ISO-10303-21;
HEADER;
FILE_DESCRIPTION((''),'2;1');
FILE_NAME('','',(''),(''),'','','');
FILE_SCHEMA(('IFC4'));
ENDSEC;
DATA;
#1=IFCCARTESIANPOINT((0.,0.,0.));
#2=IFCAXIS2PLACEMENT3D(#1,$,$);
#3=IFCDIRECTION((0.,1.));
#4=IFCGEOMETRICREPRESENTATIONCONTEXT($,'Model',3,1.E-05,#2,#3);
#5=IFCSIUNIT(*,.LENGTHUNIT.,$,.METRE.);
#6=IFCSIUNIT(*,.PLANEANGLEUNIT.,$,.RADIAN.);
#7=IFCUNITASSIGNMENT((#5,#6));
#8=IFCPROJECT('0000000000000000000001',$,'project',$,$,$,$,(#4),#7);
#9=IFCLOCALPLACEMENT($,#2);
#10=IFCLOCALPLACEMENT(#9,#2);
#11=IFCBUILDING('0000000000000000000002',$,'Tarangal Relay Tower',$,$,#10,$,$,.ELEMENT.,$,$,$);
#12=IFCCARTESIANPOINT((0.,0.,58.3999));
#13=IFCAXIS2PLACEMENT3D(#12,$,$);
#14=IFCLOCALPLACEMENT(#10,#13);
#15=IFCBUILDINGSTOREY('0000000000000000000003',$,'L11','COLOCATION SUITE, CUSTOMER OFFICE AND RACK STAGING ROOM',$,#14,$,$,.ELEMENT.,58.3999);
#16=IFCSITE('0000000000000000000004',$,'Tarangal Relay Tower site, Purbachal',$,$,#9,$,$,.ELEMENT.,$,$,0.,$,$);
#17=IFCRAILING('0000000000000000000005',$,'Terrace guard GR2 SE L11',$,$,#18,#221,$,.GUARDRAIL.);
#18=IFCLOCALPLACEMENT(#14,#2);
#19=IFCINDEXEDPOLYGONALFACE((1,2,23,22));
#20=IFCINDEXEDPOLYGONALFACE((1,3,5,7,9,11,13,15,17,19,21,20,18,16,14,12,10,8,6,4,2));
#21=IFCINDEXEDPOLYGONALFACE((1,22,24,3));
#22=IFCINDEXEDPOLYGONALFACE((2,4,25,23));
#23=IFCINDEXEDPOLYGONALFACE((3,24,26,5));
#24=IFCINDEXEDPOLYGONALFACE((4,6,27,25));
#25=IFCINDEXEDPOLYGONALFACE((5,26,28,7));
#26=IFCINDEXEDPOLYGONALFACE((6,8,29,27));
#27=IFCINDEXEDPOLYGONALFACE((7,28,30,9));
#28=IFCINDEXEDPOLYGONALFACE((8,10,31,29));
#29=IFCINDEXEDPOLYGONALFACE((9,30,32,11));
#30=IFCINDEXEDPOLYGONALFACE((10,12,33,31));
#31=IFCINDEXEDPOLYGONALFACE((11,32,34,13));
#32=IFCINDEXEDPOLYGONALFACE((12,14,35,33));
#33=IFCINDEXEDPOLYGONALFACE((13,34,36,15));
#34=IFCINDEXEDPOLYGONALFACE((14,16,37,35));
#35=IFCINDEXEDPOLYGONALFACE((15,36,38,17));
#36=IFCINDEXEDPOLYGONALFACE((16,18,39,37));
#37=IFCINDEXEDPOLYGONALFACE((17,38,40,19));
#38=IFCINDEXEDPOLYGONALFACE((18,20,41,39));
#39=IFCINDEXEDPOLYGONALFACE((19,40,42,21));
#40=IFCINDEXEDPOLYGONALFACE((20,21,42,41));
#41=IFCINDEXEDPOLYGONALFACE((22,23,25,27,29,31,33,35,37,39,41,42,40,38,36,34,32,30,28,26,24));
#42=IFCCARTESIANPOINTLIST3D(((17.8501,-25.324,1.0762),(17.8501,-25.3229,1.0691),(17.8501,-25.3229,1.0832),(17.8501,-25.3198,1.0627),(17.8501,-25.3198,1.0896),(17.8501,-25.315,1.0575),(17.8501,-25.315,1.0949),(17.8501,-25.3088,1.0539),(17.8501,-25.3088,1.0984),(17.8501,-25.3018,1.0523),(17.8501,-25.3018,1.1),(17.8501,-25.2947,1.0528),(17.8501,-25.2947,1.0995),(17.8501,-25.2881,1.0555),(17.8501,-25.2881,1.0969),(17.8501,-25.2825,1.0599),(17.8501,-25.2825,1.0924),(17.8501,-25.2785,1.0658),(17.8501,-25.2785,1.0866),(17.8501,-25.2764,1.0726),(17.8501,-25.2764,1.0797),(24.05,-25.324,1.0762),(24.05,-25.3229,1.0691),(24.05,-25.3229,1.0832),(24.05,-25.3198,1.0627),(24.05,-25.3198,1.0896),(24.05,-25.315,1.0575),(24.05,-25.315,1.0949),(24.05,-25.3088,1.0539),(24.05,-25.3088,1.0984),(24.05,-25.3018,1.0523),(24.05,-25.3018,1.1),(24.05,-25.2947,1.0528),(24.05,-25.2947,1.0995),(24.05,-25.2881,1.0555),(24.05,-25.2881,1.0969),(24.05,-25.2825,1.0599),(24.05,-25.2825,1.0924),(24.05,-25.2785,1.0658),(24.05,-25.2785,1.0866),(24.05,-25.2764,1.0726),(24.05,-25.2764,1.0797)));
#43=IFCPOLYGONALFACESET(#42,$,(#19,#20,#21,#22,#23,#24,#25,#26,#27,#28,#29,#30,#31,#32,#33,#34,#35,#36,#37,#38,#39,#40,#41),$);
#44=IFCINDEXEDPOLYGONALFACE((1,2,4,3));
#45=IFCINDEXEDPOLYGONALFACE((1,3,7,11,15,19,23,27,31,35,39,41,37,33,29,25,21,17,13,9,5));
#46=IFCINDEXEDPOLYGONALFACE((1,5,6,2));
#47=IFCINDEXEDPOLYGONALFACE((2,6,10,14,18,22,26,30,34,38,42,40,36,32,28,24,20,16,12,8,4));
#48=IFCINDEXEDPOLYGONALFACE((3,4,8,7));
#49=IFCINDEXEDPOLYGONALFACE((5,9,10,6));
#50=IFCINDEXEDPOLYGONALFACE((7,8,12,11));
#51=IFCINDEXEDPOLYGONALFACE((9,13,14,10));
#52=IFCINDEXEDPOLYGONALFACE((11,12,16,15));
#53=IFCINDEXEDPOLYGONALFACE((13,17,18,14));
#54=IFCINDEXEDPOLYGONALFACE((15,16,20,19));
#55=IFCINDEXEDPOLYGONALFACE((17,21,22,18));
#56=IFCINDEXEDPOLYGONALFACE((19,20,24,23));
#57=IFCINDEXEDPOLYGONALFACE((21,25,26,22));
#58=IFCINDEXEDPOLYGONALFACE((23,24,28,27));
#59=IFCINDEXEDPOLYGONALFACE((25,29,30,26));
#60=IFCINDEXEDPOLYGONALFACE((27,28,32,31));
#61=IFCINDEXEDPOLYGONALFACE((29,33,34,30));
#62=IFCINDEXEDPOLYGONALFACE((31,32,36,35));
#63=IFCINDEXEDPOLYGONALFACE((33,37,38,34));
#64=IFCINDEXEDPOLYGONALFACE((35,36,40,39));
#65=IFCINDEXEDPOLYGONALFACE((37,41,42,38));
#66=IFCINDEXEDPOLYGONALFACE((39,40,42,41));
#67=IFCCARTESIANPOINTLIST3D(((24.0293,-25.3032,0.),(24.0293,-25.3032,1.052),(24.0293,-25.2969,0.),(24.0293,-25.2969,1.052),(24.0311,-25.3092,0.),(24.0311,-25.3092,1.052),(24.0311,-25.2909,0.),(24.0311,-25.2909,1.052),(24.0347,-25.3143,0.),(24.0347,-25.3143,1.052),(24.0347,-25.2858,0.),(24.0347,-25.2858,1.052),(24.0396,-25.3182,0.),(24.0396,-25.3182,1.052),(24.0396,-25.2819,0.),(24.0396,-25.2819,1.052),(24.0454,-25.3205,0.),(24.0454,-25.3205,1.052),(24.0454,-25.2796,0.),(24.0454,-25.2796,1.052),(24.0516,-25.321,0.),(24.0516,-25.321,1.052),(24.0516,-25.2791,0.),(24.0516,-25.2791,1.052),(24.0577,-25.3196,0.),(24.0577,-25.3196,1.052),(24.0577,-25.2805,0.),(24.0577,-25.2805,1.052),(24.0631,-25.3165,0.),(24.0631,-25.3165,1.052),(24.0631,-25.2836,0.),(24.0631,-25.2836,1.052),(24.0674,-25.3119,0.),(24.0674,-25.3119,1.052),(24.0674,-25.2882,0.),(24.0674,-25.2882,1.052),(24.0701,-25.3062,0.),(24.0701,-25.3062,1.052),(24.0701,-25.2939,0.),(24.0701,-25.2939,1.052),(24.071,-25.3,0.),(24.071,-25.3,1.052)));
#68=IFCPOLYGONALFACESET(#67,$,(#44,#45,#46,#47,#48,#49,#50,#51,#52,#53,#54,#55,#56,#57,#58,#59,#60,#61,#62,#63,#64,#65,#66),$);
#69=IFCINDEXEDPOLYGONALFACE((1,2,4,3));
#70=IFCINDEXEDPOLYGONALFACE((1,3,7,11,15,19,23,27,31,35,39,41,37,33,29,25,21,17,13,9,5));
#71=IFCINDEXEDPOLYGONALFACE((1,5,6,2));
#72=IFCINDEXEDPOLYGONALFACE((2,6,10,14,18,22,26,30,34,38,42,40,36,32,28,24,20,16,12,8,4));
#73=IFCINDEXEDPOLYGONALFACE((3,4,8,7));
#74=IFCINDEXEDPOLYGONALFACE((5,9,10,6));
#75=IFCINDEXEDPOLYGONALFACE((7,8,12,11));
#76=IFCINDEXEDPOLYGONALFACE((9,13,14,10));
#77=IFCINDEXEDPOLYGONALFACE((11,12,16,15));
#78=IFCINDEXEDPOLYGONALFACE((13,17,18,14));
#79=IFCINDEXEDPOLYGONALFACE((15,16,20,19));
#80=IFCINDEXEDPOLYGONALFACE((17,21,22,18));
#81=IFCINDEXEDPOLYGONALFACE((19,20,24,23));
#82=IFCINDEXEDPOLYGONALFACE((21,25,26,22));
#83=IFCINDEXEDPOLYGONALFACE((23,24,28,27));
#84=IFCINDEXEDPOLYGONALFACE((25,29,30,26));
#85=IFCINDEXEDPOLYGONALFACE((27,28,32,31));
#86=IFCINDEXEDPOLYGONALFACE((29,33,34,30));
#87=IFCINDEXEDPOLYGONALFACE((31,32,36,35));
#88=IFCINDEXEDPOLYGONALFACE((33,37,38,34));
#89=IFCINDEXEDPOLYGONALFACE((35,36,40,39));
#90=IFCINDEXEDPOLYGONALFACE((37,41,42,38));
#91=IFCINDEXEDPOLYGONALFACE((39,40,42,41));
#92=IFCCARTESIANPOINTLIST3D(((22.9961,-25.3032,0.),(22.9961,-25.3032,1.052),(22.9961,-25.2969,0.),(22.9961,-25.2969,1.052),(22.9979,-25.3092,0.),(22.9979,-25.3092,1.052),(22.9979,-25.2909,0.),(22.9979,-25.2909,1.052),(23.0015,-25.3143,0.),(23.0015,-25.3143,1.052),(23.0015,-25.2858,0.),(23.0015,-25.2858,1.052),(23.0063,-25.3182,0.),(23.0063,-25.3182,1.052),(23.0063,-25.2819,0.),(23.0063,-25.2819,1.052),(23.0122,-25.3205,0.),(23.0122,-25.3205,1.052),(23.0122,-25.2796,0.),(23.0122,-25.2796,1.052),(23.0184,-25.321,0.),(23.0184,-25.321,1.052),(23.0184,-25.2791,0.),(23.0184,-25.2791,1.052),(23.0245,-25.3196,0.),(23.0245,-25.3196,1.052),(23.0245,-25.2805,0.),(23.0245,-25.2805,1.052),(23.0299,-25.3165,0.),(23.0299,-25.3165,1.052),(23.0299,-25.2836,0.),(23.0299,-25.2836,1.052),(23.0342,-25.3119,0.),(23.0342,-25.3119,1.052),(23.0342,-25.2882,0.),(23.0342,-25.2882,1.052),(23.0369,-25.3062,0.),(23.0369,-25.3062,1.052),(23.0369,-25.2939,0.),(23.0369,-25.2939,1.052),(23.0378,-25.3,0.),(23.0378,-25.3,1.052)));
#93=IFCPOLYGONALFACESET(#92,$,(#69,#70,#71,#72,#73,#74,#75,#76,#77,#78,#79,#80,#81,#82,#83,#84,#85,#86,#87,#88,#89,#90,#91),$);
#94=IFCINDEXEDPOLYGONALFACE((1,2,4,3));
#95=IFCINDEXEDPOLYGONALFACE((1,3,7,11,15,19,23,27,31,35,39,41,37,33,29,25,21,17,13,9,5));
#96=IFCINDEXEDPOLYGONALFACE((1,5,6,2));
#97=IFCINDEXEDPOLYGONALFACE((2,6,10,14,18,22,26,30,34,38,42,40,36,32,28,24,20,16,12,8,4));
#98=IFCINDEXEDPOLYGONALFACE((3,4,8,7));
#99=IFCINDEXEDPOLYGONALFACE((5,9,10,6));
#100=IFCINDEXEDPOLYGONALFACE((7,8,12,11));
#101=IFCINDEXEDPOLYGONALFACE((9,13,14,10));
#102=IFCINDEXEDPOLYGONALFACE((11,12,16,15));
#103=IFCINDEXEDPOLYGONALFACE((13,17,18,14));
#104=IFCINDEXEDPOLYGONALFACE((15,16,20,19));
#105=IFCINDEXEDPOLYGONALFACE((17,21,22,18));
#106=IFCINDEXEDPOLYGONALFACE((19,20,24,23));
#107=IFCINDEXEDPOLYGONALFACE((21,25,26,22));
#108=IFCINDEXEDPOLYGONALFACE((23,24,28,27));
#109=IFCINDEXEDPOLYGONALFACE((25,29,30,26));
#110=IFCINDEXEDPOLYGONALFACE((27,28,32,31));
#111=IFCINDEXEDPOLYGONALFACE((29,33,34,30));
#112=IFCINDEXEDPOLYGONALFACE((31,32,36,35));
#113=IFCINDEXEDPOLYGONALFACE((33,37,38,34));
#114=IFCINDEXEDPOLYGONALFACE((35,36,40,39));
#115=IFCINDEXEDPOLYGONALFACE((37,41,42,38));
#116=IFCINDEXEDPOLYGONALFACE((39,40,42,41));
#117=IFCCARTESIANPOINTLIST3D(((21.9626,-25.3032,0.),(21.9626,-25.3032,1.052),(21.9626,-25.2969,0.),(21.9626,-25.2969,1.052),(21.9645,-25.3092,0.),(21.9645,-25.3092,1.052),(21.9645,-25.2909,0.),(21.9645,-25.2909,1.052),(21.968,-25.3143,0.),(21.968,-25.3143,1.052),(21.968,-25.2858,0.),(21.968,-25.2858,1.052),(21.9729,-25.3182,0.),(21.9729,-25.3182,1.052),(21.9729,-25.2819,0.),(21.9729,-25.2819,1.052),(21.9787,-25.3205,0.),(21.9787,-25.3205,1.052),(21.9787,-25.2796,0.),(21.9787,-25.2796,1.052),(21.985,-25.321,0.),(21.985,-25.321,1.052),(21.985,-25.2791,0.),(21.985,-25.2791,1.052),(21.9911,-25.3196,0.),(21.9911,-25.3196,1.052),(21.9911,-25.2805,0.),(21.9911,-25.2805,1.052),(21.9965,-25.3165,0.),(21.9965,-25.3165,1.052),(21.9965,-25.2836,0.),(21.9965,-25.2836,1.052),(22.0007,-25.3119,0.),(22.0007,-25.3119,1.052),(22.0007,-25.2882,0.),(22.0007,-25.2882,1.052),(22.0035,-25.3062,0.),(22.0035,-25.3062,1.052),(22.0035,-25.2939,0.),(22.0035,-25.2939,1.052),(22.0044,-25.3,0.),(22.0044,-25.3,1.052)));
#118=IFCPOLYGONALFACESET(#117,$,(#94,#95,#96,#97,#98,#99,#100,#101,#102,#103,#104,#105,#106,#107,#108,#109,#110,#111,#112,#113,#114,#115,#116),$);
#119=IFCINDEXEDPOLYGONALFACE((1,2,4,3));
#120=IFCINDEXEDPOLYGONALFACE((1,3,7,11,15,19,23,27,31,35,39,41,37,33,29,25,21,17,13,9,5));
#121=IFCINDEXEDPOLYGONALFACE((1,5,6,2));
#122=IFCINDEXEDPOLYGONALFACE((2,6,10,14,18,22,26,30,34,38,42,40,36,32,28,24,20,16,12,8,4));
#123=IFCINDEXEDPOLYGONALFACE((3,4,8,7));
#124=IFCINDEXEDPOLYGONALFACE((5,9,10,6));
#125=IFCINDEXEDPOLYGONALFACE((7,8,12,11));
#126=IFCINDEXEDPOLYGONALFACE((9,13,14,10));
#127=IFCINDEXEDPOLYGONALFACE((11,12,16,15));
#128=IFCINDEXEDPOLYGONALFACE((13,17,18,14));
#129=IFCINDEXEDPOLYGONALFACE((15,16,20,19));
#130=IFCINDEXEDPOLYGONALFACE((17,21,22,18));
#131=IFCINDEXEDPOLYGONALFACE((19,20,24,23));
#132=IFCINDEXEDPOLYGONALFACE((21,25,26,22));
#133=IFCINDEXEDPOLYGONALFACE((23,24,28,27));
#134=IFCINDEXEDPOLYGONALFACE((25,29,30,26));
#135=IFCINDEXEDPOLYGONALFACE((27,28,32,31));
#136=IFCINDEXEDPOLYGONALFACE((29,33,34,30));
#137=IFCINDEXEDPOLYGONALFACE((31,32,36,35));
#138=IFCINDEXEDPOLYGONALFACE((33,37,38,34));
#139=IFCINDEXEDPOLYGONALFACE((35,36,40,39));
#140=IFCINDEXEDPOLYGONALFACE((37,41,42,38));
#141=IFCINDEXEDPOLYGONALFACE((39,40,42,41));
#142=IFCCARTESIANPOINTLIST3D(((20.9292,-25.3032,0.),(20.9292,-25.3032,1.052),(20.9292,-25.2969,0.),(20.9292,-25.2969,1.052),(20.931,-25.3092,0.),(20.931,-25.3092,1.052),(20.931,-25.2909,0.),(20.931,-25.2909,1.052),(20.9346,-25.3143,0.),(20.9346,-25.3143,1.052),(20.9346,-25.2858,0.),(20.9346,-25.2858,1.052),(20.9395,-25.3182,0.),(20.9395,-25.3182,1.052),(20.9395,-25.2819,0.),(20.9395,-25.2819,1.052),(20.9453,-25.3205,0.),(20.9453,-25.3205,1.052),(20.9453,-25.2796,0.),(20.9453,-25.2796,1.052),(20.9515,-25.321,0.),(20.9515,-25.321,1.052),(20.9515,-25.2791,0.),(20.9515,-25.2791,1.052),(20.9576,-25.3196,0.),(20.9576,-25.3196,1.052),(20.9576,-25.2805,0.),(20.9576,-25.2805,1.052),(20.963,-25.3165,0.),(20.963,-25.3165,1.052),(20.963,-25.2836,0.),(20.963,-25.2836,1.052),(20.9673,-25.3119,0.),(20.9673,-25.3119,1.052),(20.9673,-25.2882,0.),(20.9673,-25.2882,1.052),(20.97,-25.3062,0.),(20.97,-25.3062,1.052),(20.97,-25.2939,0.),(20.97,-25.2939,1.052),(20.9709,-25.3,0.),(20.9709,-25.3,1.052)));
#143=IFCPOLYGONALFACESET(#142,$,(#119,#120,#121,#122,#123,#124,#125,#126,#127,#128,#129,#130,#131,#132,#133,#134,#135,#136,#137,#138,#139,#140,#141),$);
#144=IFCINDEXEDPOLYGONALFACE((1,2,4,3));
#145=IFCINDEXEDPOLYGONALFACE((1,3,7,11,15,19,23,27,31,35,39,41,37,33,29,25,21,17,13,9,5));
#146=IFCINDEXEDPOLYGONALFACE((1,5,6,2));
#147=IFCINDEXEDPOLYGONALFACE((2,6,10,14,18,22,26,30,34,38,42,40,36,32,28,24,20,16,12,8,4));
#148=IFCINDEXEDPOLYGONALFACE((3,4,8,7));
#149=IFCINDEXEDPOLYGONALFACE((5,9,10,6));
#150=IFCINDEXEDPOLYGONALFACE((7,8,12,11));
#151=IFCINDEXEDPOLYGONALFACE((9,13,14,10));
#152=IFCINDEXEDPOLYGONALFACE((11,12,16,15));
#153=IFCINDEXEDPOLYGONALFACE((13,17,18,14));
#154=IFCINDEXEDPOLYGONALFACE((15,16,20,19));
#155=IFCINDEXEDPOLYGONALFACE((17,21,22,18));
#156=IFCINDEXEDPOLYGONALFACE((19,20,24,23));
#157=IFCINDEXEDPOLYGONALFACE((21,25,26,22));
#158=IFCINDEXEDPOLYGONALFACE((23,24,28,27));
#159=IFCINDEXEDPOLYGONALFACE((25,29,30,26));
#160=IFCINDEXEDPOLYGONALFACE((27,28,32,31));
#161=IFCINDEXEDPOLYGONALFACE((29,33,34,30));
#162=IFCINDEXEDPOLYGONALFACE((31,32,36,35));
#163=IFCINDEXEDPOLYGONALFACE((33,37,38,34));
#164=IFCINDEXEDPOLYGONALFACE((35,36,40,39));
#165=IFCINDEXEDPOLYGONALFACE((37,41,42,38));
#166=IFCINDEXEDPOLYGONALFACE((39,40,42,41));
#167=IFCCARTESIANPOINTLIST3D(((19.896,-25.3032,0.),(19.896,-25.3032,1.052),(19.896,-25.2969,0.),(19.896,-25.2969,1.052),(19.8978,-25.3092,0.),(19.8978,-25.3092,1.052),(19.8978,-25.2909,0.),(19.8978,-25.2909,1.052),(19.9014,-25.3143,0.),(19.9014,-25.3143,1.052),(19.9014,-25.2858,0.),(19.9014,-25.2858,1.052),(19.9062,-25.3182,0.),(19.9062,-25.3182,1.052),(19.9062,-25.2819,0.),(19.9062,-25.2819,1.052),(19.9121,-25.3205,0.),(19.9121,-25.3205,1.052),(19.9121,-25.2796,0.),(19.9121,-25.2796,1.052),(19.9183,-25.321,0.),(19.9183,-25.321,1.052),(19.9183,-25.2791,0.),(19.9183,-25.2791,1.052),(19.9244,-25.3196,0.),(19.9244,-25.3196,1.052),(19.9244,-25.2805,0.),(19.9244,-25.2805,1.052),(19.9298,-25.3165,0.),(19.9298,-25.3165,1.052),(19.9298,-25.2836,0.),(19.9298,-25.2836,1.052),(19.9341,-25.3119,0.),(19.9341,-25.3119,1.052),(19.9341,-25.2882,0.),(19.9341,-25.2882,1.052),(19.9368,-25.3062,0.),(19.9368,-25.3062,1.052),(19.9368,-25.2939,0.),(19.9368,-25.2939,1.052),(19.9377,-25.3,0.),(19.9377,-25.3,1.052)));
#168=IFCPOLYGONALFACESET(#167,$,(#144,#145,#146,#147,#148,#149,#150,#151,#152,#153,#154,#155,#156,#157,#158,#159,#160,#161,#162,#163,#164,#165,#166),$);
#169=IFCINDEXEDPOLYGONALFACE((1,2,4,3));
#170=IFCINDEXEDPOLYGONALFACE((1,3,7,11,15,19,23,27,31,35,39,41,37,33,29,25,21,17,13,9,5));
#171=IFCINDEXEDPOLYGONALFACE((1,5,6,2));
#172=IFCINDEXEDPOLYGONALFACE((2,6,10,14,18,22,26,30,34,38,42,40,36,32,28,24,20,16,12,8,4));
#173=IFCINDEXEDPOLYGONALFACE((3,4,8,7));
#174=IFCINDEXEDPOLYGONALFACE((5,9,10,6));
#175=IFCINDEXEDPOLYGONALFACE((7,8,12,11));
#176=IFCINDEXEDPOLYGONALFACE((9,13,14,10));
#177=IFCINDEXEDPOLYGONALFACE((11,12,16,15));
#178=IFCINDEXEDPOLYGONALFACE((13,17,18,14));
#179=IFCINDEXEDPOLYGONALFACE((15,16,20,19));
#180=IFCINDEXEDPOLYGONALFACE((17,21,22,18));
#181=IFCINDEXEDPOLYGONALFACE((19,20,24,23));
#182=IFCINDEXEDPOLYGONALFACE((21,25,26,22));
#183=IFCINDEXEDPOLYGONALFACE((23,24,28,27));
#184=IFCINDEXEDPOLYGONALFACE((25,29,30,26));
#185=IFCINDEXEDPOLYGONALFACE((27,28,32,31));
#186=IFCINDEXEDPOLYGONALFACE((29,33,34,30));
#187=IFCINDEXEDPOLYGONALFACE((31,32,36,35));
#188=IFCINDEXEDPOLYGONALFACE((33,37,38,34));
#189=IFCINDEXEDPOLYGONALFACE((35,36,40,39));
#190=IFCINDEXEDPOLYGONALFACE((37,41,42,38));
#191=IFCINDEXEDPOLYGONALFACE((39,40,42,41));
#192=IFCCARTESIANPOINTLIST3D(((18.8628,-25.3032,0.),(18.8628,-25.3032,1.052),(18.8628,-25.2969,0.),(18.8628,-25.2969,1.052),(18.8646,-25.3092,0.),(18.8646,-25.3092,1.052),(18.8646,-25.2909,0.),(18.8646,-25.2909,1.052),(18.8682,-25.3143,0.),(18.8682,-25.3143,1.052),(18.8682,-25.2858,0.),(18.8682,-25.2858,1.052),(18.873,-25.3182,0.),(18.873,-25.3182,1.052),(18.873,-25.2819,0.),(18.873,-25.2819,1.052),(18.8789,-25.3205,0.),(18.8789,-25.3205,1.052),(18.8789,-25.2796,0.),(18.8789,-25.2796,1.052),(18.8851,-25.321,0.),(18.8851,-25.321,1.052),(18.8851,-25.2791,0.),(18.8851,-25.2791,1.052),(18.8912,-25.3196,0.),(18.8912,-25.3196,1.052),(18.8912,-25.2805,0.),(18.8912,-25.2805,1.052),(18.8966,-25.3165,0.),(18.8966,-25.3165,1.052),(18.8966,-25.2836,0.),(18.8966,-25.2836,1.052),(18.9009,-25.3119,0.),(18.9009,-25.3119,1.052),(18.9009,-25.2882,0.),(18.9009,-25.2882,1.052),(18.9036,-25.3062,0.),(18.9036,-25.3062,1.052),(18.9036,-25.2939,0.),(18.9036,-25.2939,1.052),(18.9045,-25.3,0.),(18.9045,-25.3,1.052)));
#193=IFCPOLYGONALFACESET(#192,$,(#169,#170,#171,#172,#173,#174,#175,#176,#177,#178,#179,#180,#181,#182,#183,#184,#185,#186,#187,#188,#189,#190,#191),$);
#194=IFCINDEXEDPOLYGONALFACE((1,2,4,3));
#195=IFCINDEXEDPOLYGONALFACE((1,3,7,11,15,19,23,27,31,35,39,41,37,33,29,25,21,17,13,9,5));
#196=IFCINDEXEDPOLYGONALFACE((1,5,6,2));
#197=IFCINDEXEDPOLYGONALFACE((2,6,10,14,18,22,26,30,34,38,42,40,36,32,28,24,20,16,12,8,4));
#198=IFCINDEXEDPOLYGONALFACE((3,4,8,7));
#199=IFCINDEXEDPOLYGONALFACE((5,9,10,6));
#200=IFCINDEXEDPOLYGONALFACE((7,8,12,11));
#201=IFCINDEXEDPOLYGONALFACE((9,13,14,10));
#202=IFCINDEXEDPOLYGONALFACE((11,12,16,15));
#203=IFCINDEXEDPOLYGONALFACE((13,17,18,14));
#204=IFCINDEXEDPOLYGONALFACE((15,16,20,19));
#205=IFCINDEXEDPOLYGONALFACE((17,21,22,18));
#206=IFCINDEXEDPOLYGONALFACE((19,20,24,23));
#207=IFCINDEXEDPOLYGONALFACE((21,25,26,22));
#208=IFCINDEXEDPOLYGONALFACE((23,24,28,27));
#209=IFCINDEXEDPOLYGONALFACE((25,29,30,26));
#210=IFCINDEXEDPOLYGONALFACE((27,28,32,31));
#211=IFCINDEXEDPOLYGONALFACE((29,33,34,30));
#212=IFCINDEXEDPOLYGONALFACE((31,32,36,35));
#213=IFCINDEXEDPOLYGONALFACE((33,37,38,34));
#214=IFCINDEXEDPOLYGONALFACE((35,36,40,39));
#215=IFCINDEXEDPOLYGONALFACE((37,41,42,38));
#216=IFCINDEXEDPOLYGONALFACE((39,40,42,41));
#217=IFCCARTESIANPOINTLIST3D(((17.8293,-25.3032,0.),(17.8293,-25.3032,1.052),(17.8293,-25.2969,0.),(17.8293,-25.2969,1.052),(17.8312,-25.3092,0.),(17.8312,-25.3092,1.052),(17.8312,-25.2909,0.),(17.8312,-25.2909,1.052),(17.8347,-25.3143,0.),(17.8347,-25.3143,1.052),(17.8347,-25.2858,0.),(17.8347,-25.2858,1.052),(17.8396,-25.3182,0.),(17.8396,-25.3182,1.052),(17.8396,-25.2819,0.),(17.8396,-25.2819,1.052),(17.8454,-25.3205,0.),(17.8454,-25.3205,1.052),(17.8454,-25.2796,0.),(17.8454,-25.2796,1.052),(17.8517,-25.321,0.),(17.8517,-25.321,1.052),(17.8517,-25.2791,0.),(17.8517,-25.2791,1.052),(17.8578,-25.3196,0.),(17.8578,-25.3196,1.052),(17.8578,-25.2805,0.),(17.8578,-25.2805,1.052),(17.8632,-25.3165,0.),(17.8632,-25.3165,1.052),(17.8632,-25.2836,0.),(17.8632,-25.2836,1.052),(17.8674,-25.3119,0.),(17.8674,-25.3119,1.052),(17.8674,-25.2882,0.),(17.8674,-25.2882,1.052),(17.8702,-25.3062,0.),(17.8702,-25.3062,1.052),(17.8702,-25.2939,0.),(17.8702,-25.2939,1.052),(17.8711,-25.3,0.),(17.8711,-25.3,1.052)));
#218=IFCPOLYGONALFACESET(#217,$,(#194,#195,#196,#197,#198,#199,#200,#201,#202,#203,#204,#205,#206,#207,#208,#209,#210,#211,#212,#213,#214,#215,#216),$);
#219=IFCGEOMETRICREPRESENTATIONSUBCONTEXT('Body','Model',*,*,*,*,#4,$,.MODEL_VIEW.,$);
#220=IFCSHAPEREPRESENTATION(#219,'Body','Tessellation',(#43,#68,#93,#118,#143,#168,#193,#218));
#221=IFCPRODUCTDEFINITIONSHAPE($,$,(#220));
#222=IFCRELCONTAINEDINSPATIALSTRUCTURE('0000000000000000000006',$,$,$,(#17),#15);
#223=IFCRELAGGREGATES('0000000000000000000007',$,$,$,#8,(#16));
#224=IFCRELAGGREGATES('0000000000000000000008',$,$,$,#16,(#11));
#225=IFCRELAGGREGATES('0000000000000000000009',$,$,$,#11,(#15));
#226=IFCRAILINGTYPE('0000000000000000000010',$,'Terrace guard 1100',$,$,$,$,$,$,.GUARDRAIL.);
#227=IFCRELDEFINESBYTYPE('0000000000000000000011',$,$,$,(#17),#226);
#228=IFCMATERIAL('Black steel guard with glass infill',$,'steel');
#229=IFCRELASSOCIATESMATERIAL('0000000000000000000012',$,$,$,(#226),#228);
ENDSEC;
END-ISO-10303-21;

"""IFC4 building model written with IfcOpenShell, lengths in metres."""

from ifc_helpers import new_model, si_unit, direction, frame, origin, origin_2d, place, context, subcontext, project, spatial, circle, extrude, material, type_object, element, save


model = new_model("IFC4")

# Units and contexts
model_context = context("Model", 3, precision=1e-05, world=origin(), true_north=direction((0.0, 1.0)))
body_context = subcontext(model_context, "Body", "Model", "MODEL_VIEW")
ifc_project = project(units=[si_unit("LENGTHUNIT", "METRE"), si_unit("PLANEANGLEUNIT", "RADIAN")], contexts=[model_context])

# Site, building, storey
site_placement = place(None, origin())
site = spatial("IfcSite", under=ifc_project, at=site_placement, Name="Tarangal Relay Tower site, Purbachal", CompositionType="ELEMENT", RefElevation=0.0)
building_placement = place(site_placement, origin())
building = spatial("IfcBuilding", under=site, at=building_placement, Name="Tarangal Relay Tower", CompositionType="ELEMENT")
storey_placement = place(building_placement, frame((0.0, 0.0, 58.3999)))
storey = spatial("IfcBuildingStorey", under=building, at=storey_placement, Name="L11", Description="COLOCATION SUITE, CUSTOMER OFFICE AND RACK STAGING ROOM", CompositionType="ELEMENT", Elevation=58.3999)

# Railing
ifc_material_1 = material(Name="Black steel guard with glass infill", Category="steel")
railing_type = type_object("IfcRailingType", Name="Terrace guard 1100", PredefinedType="GUARDRAIL", material=ifc_material_1)
railing_1_placement = place(storey_placement, frame((24.05, -25.3, 0.0)))
element("IfcRailing", 1, at=railing_1_placement, inside=storey, type_object=railing_type, Name="Terrace guard GR2 SE L11", PredefinedType="GUARDRAIL", context=body_context, shape_type="SweptSolid", body=[
    extrude(circle(Radius=0.0239, at=origin_2d()), frame((0.0, 0.0, 1.0762), z_axis=(-1.0, 0.0, 0.0), x_axis=(0.0, -1.0, 0.0)), (0.0, 0.0, 1.0), 6.2),
    extrude(circle(Radius=0.021, at=origin_2d()), origin(), (0.0, 0.0, 1.0), 1.052),
    extrude(circle(Radius=0.021, at=origin_2d()), frame((-1.0332, 0.0, 0.0)), (0.0, 0.0, 1.0), 1.052),
    extrude(circle(Radius=0.021, at=origin_2d()), frame((-2.0667, 0.0, 0.0)), (0.0, 0.0, 1.0), 1.052),
    extrude(circle(Radius=0.021, at=origin_2d()), frame((-3.1001, 0.0, 0.0)), (0.0, 0.0, 1.0), 1.052),
    extrude(circle(Radius=0.021, at=origin_2d()), frame((-4.1333, 0.0, 0.0)), (0.0, 0.0, 1.0), 1.052),
    extrude(circle(Radius=0.021, at=origin_2d()), frame((-5.1665, 0.0, 0.0)), (0.0, 0.0, 1.0), 1.052),
    extrude(circle(Radius=0.021, at=origin_2d()), frame((-6.2, 0.0, 0.0)), (0.0, 0.0, 1.0), 1.052),
])

save(model, "model.ifc")
